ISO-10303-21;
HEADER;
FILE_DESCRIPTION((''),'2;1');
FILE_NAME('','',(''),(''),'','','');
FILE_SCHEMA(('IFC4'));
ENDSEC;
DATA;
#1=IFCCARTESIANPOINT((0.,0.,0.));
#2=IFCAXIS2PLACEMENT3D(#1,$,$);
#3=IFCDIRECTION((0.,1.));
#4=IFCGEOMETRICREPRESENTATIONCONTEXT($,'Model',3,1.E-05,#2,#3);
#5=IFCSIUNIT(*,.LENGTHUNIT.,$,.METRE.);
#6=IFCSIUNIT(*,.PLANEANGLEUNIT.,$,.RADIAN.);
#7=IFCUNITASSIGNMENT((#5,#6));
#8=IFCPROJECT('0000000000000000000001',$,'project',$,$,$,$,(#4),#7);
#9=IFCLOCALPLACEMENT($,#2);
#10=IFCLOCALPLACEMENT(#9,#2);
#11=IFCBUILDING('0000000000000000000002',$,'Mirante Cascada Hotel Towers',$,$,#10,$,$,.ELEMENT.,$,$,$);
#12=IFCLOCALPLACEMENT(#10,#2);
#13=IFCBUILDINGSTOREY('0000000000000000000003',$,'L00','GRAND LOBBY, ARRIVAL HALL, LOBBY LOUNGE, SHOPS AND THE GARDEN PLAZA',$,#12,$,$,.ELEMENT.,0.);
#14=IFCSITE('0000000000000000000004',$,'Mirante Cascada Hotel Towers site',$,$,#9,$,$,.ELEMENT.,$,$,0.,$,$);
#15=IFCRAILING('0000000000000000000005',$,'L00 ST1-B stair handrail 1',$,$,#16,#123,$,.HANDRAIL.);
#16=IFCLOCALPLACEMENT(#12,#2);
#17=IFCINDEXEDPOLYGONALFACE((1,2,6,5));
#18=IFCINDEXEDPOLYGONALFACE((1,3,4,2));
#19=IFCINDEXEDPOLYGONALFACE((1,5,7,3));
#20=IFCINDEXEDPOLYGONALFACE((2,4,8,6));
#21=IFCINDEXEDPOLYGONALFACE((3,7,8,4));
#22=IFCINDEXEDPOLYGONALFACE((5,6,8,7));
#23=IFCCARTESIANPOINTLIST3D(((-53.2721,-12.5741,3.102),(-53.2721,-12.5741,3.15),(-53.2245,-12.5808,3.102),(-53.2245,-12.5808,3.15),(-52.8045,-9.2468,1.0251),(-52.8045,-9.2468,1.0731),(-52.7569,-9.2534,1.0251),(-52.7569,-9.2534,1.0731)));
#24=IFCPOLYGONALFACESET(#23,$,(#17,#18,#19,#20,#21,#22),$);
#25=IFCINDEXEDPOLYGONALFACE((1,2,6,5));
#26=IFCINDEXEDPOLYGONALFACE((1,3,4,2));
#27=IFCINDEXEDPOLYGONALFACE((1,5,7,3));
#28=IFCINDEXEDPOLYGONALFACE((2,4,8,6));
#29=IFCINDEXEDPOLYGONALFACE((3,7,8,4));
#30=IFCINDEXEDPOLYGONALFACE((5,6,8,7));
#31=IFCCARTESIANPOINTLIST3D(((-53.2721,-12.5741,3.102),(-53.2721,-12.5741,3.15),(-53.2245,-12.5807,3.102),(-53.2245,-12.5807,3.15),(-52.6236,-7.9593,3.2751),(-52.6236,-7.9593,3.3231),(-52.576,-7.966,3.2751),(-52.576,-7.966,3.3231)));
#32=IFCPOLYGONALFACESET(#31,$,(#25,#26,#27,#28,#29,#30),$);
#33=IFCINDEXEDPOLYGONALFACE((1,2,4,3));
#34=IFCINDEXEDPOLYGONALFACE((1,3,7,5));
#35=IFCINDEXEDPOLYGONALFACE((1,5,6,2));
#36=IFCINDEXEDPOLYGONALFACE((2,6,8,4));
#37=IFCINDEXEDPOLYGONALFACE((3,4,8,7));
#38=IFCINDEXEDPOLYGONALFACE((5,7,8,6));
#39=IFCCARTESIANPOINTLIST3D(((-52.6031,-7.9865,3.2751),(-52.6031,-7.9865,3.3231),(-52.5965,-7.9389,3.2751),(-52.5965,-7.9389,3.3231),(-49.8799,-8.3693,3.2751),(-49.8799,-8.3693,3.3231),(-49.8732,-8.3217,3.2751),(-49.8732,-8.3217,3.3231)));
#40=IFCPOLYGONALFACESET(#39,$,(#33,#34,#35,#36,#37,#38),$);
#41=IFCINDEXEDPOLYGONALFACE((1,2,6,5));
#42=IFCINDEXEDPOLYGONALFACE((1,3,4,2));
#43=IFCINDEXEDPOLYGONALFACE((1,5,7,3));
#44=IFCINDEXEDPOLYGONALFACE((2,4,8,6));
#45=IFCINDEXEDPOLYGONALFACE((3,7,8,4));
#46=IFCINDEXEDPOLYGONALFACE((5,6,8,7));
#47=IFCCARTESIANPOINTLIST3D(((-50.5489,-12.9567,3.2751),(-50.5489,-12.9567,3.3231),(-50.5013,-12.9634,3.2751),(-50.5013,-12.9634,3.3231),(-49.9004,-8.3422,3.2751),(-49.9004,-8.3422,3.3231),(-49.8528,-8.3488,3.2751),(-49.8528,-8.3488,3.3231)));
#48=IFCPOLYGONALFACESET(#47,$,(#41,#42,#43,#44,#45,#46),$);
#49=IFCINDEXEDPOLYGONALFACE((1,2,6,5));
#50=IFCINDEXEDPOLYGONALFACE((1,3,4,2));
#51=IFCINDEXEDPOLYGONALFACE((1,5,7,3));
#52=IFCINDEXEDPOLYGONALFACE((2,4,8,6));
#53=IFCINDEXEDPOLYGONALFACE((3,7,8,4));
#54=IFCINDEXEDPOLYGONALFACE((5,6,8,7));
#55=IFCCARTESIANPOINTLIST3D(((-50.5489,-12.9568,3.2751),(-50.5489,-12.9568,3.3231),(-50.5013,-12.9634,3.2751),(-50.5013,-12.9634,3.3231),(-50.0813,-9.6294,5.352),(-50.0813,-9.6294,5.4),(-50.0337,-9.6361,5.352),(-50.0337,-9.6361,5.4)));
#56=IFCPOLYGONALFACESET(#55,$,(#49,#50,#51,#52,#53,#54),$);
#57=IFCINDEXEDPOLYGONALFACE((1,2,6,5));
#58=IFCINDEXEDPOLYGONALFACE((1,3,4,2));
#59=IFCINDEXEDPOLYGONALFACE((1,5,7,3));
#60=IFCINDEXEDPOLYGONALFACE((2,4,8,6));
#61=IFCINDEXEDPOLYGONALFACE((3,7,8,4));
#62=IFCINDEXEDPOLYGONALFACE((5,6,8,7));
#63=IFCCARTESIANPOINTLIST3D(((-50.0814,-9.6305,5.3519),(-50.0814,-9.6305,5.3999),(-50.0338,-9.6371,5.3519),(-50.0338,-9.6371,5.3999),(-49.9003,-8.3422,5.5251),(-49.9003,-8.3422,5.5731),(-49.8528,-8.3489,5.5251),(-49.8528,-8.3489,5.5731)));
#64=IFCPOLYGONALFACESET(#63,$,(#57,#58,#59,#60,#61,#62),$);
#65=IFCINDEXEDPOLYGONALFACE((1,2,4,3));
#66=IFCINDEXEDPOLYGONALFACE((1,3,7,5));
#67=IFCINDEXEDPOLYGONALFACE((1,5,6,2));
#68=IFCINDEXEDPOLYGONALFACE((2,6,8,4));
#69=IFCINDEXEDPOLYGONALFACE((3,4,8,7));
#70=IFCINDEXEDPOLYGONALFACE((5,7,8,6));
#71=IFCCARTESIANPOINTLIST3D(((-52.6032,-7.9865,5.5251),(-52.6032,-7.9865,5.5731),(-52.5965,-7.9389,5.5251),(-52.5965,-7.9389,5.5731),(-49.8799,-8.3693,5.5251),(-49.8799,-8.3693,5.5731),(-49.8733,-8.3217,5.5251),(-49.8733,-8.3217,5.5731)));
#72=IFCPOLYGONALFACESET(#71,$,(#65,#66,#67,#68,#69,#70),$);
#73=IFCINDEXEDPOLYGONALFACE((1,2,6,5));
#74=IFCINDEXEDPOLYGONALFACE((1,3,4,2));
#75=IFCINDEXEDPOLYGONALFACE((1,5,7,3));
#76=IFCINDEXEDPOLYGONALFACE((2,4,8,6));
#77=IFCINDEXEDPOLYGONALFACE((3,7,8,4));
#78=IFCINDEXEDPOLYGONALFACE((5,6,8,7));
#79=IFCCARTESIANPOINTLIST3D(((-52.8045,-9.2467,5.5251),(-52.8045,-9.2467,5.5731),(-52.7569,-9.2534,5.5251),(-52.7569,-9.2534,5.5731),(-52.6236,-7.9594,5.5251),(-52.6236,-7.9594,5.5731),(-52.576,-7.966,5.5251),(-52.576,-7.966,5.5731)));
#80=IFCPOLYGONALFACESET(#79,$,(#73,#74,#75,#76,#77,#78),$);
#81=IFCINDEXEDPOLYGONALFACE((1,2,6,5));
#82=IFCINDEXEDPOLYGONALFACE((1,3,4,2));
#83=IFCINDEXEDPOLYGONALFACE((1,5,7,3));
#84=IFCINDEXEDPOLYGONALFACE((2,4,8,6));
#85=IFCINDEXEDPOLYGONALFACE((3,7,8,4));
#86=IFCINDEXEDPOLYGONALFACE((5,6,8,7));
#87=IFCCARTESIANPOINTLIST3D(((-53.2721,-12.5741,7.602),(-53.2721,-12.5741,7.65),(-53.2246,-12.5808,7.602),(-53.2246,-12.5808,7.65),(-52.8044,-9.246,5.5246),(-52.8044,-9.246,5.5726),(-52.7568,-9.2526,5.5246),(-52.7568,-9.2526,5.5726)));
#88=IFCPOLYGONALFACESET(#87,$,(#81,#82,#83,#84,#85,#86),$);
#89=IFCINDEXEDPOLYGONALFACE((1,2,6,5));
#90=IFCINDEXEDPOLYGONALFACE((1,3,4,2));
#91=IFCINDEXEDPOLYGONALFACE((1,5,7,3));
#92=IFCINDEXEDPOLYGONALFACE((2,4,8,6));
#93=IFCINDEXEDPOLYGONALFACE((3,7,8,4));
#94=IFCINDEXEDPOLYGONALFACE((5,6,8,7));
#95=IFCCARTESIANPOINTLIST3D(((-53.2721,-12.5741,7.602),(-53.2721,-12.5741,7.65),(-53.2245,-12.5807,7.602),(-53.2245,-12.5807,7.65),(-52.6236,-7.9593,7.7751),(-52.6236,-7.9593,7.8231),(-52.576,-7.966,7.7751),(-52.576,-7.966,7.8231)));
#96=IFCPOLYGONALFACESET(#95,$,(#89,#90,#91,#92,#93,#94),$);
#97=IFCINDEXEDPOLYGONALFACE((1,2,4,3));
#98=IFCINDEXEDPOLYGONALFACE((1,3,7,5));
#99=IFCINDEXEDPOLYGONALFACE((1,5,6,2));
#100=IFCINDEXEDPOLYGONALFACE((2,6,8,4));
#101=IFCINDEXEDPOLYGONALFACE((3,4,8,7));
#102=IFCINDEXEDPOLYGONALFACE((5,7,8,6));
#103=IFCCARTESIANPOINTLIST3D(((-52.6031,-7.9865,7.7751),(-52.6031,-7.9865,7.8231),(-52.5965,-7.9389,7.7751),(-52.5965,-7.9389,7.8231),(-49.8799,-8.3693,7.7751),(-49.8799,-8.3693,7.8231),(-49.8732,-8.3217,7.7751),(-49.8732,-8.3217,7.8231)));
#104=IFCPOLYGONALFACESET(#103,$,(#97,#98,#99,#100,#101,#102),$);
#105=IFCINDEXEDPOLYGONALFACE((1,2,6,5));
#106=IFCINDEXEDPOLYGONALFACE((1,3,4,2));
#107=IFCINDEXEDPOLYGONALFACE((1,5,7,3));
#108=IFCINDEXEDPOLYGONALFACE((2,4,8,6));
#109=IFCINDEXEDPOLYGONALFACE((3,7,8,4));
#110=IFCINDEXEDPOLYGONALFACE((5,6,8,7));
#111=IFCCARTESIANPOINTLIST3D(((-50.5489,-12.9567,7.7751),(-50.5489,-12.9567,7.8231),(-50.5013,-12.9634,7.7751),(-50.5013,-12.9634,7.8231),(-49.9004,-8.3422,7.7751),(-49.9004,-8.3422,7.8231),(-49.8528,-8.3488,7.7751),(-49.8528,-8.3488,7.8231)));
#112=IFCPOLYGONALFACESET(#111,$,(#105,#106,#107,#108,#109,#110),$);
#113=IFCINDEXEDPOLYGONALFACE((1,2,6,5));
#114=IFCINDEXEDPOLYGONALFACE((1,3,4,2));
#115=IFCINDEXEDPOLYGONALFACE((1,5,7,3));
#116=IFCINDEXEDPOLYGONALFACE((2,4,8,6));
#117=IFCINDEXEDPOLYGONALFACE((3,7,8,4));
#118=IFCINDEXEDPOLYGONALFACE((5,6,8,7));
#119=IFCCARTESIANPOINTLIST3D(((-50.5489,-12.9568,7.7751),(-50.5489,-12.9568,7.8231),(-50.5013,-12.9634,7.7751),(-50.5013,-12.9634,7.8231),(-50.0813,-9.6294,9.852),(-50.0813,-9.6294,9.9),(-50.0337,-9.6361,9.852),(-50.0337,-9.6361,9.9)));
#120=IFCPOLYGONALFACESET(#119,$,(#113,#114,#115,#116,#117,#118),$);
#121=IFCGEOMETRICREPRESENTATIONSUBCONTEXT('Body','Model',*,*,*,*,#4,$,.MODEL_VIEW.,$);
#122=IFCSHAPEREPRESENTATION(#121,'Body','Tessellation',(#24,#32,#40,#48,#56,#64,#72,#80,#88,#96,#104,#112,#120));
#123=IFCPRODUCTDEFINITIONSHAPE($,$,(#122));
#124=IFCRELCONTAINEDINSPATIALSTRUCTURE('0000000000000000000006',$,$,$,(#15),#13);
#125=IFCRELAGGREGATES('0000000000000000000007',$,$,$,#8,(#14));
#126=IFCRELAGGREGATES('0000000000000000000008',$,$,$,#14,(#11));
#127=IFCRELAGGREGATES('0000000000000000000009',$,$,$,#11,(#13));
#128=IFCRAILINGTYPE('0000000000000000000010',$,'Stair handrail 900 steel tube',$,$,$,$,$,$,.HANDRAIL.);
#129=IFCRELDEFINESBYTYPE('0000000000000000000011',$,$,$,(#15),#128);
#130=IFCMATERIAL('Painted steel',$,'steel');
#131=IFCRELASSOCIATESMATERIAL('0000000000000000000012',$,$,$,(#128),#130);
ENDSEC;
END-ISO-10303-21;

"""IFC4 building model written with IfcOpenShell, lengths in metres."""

from ifc_helpers import new_model, si_unit, direction, frame, origin, origin_2d, place, context, subcontext, project, spatial, rectangle, extrude, material, type_object, element, save


model = new_model("IFC4")

# Units and contexts
model_context = context("Model", 3, precision=1e-05, world=origin(), true_north=direction((0.0, 1.0)))
body_context = subcontext(model_context, "Body", "Model", "MODEL_VIEW")
ifc_project = project(units=[si_unit("LENGTHUNIT", "METRE"), si_unit("PLANEANGLEUNIT", "RADIAN")], contexts=[model_context])

# Site, building, storey
site_placement = place(None, origin())
site = spatial("IfcSite", under=ifc_project, at=site_placement, Name="Mirante Cascada Hotel Towers site", CompositionType="ELEMENT", RefElevation=0.0)
building_placement = place(site_placement, origin())
building = spatial("IfcBuilding", under=site, at=building_placement, Name="Mirante Cascada Hotel Towers", CompositionType="ELEMENT")
storey_placement = place(building_placement, origin())
storey = spatial("IfcBuildingStorey", under=building, at=storey_placement, Name="L00", Description="GRAND LOBBY, ARRIVAL HALL, LOBBY LOUNGE, SHOPS AND THE GARDEN PLAZA", CompositionType="ELEMENT", Elevation=0.0)

# Railing
ifc_material_1 = material(Name="Painted steel", Category="steel")
railing_type = type_object("IfcRailingType", Name="Stair handrail 900 steel tube", PredefinedType="HANDRAIL", material=ifc_material_1)
railing_placement = place(storey_placement, frame((-52.7807, -9.2501, 0.1731)))
element("IfcRailing", 1, at=railing_placement, inside=storey, type_object=railing_type, Name="L00 ST1-B stair handrail 1", PredefinedType="HANDRAIL", context=body_context, shape_type="SweptSolid", body=[
    extrude(rectangle(XDim=0.048, YDim=0.048, at=origin_2d()), frame((0.0, 0.0, 0.876), z_axis=(-0.139167, -0.990269, 0.0), x_axis=(0.990269, -0.139167, 0.0)), (0.0, 0.525787, 0.850616), 3.9501),
    extrude(rectangle(XDim=0.048, YDim=0.048, at=origin_2d()), frame((-0.4676, -3.3273, 2.9529), z_axis=(0.139162, 0.99027, 0.0), x_axis=(-0.99027, 0.139162, 0.0)), (0.0, 0.03712, 0.999311), 4.6633),
    extrude(rectangle(XDim=0.048, YDim=0.048, at=origin_2d()), frame((0.1809, 1.2874, 3.126), z_axis=(0.990264, -0.139201, 0.0), x_axis=(0.139201, 0.990264, 0.0)), (0.0, 0.0, 1.0), 2.75),
    extrude(rectangle(XDim=0.048, YDim=0.048, at=origin_2d()), frame((2.9041, 0.9046, 3.126), z_axis=(-0.139165, -0.990269, 0.0), x_axis=(0.990269, -0.139165, 0.0)), (0.0, 0.0, 1.0), 4.6599),
    extrude(rectangle(XDim=0.048, YDim=0.048, at=origin_2d()), frame((2.2556, -3.71, 3.126), z_axis=(0.139167, 0.990269, 0.0), x_axis=(-0.990269, 0.139167, 0.0)), (0.0, 0.525787, 0.850616), 3.9501),
    extrude(rectangle(XDim=0.048, YDim=0.048, at=origin_2d()), frame((2.7231, -0.3837, 5.2028), z_axis=(0.139159, 0.99027, 0.0), x_axis=(-0.99027, 0.139159, 0.0)), (0.0, 0.131994, 0.991251), 1.3124),
    extrude(rectangle(XDim=0.048, YDim=0.048, at=origin_2d()), frame((2.9041, 0.9046, 5.376), z_axis=(-0.990264, 0.139201, 0.0), x_axis=(-0.139201, -0.990264, 0.0)), (0.0, 0.0, 1.0), 2.75),
    extrude(rectangle(XDim=0.048, YDim=0.048, at=origin_2d()), frame((0.1809, 1.2874, 5.376), z_axis=(-0.139149, -0.990271, 0.0), x_axis=(0.990271, -0.139149, 0.0)), (0.0, 0.0, 1.0), 1.3),
    extrude(rectangle(XDim=0.048, YDim=0.048, at=origin_2d()), frame((0.0001, 0.0008, 5.3755), z_axis=(-0.139167, -0.990269, 0.0), x_axis=(0.990269, -0.139167, 0.0)), (0.0, 0.525787, 0.850616), 3.9511),
    extrude(rectangle(XDim=0.048, YDim=0.048, at=origin_2d()), frame((-0.4676, -3.3273, 7.4529), z_axis=(0.139162, 0.99027, 0.0), x_axis=(-0.99027, 0.139162, 0.0)), (0.0, 0.03712, 0.999311), 4.6633),
    extrude(rectangle(XDim=0.048, YDim=0.048, at=origin_2d()), frame((0.1809, 1.2874, 7.626), z_axis=(0.990264, -0.139201, 0.0), x_axis=(0.139201, 0.990264, 0.0)), (0.0, 0.0, 1.0), 2.75),
    extrude(rectangle(XDim=0.048, YDim=0.048, at=origin_2d()), frame((2.9041, 0.9046, 7.626), z_axis=(-0.139165, -0.990269, 0.0), x_axis=(0.990269, -0.139165, 0.0)), (0.0, 0.0, 1.0), 4.6599),
    extrude(rectangle(XDim=0.048, YDim=0.048, at=origin_2d()), frame((2.2556, -3.71, 7.626), z_axis=(0.139167, 0.990269, 0.0), x_axis=(-0.990269, 0.139167, 0.0)), (0.0, 0.525787, 0.850616), 3.9501),
])

save(model, "model.ifc")
